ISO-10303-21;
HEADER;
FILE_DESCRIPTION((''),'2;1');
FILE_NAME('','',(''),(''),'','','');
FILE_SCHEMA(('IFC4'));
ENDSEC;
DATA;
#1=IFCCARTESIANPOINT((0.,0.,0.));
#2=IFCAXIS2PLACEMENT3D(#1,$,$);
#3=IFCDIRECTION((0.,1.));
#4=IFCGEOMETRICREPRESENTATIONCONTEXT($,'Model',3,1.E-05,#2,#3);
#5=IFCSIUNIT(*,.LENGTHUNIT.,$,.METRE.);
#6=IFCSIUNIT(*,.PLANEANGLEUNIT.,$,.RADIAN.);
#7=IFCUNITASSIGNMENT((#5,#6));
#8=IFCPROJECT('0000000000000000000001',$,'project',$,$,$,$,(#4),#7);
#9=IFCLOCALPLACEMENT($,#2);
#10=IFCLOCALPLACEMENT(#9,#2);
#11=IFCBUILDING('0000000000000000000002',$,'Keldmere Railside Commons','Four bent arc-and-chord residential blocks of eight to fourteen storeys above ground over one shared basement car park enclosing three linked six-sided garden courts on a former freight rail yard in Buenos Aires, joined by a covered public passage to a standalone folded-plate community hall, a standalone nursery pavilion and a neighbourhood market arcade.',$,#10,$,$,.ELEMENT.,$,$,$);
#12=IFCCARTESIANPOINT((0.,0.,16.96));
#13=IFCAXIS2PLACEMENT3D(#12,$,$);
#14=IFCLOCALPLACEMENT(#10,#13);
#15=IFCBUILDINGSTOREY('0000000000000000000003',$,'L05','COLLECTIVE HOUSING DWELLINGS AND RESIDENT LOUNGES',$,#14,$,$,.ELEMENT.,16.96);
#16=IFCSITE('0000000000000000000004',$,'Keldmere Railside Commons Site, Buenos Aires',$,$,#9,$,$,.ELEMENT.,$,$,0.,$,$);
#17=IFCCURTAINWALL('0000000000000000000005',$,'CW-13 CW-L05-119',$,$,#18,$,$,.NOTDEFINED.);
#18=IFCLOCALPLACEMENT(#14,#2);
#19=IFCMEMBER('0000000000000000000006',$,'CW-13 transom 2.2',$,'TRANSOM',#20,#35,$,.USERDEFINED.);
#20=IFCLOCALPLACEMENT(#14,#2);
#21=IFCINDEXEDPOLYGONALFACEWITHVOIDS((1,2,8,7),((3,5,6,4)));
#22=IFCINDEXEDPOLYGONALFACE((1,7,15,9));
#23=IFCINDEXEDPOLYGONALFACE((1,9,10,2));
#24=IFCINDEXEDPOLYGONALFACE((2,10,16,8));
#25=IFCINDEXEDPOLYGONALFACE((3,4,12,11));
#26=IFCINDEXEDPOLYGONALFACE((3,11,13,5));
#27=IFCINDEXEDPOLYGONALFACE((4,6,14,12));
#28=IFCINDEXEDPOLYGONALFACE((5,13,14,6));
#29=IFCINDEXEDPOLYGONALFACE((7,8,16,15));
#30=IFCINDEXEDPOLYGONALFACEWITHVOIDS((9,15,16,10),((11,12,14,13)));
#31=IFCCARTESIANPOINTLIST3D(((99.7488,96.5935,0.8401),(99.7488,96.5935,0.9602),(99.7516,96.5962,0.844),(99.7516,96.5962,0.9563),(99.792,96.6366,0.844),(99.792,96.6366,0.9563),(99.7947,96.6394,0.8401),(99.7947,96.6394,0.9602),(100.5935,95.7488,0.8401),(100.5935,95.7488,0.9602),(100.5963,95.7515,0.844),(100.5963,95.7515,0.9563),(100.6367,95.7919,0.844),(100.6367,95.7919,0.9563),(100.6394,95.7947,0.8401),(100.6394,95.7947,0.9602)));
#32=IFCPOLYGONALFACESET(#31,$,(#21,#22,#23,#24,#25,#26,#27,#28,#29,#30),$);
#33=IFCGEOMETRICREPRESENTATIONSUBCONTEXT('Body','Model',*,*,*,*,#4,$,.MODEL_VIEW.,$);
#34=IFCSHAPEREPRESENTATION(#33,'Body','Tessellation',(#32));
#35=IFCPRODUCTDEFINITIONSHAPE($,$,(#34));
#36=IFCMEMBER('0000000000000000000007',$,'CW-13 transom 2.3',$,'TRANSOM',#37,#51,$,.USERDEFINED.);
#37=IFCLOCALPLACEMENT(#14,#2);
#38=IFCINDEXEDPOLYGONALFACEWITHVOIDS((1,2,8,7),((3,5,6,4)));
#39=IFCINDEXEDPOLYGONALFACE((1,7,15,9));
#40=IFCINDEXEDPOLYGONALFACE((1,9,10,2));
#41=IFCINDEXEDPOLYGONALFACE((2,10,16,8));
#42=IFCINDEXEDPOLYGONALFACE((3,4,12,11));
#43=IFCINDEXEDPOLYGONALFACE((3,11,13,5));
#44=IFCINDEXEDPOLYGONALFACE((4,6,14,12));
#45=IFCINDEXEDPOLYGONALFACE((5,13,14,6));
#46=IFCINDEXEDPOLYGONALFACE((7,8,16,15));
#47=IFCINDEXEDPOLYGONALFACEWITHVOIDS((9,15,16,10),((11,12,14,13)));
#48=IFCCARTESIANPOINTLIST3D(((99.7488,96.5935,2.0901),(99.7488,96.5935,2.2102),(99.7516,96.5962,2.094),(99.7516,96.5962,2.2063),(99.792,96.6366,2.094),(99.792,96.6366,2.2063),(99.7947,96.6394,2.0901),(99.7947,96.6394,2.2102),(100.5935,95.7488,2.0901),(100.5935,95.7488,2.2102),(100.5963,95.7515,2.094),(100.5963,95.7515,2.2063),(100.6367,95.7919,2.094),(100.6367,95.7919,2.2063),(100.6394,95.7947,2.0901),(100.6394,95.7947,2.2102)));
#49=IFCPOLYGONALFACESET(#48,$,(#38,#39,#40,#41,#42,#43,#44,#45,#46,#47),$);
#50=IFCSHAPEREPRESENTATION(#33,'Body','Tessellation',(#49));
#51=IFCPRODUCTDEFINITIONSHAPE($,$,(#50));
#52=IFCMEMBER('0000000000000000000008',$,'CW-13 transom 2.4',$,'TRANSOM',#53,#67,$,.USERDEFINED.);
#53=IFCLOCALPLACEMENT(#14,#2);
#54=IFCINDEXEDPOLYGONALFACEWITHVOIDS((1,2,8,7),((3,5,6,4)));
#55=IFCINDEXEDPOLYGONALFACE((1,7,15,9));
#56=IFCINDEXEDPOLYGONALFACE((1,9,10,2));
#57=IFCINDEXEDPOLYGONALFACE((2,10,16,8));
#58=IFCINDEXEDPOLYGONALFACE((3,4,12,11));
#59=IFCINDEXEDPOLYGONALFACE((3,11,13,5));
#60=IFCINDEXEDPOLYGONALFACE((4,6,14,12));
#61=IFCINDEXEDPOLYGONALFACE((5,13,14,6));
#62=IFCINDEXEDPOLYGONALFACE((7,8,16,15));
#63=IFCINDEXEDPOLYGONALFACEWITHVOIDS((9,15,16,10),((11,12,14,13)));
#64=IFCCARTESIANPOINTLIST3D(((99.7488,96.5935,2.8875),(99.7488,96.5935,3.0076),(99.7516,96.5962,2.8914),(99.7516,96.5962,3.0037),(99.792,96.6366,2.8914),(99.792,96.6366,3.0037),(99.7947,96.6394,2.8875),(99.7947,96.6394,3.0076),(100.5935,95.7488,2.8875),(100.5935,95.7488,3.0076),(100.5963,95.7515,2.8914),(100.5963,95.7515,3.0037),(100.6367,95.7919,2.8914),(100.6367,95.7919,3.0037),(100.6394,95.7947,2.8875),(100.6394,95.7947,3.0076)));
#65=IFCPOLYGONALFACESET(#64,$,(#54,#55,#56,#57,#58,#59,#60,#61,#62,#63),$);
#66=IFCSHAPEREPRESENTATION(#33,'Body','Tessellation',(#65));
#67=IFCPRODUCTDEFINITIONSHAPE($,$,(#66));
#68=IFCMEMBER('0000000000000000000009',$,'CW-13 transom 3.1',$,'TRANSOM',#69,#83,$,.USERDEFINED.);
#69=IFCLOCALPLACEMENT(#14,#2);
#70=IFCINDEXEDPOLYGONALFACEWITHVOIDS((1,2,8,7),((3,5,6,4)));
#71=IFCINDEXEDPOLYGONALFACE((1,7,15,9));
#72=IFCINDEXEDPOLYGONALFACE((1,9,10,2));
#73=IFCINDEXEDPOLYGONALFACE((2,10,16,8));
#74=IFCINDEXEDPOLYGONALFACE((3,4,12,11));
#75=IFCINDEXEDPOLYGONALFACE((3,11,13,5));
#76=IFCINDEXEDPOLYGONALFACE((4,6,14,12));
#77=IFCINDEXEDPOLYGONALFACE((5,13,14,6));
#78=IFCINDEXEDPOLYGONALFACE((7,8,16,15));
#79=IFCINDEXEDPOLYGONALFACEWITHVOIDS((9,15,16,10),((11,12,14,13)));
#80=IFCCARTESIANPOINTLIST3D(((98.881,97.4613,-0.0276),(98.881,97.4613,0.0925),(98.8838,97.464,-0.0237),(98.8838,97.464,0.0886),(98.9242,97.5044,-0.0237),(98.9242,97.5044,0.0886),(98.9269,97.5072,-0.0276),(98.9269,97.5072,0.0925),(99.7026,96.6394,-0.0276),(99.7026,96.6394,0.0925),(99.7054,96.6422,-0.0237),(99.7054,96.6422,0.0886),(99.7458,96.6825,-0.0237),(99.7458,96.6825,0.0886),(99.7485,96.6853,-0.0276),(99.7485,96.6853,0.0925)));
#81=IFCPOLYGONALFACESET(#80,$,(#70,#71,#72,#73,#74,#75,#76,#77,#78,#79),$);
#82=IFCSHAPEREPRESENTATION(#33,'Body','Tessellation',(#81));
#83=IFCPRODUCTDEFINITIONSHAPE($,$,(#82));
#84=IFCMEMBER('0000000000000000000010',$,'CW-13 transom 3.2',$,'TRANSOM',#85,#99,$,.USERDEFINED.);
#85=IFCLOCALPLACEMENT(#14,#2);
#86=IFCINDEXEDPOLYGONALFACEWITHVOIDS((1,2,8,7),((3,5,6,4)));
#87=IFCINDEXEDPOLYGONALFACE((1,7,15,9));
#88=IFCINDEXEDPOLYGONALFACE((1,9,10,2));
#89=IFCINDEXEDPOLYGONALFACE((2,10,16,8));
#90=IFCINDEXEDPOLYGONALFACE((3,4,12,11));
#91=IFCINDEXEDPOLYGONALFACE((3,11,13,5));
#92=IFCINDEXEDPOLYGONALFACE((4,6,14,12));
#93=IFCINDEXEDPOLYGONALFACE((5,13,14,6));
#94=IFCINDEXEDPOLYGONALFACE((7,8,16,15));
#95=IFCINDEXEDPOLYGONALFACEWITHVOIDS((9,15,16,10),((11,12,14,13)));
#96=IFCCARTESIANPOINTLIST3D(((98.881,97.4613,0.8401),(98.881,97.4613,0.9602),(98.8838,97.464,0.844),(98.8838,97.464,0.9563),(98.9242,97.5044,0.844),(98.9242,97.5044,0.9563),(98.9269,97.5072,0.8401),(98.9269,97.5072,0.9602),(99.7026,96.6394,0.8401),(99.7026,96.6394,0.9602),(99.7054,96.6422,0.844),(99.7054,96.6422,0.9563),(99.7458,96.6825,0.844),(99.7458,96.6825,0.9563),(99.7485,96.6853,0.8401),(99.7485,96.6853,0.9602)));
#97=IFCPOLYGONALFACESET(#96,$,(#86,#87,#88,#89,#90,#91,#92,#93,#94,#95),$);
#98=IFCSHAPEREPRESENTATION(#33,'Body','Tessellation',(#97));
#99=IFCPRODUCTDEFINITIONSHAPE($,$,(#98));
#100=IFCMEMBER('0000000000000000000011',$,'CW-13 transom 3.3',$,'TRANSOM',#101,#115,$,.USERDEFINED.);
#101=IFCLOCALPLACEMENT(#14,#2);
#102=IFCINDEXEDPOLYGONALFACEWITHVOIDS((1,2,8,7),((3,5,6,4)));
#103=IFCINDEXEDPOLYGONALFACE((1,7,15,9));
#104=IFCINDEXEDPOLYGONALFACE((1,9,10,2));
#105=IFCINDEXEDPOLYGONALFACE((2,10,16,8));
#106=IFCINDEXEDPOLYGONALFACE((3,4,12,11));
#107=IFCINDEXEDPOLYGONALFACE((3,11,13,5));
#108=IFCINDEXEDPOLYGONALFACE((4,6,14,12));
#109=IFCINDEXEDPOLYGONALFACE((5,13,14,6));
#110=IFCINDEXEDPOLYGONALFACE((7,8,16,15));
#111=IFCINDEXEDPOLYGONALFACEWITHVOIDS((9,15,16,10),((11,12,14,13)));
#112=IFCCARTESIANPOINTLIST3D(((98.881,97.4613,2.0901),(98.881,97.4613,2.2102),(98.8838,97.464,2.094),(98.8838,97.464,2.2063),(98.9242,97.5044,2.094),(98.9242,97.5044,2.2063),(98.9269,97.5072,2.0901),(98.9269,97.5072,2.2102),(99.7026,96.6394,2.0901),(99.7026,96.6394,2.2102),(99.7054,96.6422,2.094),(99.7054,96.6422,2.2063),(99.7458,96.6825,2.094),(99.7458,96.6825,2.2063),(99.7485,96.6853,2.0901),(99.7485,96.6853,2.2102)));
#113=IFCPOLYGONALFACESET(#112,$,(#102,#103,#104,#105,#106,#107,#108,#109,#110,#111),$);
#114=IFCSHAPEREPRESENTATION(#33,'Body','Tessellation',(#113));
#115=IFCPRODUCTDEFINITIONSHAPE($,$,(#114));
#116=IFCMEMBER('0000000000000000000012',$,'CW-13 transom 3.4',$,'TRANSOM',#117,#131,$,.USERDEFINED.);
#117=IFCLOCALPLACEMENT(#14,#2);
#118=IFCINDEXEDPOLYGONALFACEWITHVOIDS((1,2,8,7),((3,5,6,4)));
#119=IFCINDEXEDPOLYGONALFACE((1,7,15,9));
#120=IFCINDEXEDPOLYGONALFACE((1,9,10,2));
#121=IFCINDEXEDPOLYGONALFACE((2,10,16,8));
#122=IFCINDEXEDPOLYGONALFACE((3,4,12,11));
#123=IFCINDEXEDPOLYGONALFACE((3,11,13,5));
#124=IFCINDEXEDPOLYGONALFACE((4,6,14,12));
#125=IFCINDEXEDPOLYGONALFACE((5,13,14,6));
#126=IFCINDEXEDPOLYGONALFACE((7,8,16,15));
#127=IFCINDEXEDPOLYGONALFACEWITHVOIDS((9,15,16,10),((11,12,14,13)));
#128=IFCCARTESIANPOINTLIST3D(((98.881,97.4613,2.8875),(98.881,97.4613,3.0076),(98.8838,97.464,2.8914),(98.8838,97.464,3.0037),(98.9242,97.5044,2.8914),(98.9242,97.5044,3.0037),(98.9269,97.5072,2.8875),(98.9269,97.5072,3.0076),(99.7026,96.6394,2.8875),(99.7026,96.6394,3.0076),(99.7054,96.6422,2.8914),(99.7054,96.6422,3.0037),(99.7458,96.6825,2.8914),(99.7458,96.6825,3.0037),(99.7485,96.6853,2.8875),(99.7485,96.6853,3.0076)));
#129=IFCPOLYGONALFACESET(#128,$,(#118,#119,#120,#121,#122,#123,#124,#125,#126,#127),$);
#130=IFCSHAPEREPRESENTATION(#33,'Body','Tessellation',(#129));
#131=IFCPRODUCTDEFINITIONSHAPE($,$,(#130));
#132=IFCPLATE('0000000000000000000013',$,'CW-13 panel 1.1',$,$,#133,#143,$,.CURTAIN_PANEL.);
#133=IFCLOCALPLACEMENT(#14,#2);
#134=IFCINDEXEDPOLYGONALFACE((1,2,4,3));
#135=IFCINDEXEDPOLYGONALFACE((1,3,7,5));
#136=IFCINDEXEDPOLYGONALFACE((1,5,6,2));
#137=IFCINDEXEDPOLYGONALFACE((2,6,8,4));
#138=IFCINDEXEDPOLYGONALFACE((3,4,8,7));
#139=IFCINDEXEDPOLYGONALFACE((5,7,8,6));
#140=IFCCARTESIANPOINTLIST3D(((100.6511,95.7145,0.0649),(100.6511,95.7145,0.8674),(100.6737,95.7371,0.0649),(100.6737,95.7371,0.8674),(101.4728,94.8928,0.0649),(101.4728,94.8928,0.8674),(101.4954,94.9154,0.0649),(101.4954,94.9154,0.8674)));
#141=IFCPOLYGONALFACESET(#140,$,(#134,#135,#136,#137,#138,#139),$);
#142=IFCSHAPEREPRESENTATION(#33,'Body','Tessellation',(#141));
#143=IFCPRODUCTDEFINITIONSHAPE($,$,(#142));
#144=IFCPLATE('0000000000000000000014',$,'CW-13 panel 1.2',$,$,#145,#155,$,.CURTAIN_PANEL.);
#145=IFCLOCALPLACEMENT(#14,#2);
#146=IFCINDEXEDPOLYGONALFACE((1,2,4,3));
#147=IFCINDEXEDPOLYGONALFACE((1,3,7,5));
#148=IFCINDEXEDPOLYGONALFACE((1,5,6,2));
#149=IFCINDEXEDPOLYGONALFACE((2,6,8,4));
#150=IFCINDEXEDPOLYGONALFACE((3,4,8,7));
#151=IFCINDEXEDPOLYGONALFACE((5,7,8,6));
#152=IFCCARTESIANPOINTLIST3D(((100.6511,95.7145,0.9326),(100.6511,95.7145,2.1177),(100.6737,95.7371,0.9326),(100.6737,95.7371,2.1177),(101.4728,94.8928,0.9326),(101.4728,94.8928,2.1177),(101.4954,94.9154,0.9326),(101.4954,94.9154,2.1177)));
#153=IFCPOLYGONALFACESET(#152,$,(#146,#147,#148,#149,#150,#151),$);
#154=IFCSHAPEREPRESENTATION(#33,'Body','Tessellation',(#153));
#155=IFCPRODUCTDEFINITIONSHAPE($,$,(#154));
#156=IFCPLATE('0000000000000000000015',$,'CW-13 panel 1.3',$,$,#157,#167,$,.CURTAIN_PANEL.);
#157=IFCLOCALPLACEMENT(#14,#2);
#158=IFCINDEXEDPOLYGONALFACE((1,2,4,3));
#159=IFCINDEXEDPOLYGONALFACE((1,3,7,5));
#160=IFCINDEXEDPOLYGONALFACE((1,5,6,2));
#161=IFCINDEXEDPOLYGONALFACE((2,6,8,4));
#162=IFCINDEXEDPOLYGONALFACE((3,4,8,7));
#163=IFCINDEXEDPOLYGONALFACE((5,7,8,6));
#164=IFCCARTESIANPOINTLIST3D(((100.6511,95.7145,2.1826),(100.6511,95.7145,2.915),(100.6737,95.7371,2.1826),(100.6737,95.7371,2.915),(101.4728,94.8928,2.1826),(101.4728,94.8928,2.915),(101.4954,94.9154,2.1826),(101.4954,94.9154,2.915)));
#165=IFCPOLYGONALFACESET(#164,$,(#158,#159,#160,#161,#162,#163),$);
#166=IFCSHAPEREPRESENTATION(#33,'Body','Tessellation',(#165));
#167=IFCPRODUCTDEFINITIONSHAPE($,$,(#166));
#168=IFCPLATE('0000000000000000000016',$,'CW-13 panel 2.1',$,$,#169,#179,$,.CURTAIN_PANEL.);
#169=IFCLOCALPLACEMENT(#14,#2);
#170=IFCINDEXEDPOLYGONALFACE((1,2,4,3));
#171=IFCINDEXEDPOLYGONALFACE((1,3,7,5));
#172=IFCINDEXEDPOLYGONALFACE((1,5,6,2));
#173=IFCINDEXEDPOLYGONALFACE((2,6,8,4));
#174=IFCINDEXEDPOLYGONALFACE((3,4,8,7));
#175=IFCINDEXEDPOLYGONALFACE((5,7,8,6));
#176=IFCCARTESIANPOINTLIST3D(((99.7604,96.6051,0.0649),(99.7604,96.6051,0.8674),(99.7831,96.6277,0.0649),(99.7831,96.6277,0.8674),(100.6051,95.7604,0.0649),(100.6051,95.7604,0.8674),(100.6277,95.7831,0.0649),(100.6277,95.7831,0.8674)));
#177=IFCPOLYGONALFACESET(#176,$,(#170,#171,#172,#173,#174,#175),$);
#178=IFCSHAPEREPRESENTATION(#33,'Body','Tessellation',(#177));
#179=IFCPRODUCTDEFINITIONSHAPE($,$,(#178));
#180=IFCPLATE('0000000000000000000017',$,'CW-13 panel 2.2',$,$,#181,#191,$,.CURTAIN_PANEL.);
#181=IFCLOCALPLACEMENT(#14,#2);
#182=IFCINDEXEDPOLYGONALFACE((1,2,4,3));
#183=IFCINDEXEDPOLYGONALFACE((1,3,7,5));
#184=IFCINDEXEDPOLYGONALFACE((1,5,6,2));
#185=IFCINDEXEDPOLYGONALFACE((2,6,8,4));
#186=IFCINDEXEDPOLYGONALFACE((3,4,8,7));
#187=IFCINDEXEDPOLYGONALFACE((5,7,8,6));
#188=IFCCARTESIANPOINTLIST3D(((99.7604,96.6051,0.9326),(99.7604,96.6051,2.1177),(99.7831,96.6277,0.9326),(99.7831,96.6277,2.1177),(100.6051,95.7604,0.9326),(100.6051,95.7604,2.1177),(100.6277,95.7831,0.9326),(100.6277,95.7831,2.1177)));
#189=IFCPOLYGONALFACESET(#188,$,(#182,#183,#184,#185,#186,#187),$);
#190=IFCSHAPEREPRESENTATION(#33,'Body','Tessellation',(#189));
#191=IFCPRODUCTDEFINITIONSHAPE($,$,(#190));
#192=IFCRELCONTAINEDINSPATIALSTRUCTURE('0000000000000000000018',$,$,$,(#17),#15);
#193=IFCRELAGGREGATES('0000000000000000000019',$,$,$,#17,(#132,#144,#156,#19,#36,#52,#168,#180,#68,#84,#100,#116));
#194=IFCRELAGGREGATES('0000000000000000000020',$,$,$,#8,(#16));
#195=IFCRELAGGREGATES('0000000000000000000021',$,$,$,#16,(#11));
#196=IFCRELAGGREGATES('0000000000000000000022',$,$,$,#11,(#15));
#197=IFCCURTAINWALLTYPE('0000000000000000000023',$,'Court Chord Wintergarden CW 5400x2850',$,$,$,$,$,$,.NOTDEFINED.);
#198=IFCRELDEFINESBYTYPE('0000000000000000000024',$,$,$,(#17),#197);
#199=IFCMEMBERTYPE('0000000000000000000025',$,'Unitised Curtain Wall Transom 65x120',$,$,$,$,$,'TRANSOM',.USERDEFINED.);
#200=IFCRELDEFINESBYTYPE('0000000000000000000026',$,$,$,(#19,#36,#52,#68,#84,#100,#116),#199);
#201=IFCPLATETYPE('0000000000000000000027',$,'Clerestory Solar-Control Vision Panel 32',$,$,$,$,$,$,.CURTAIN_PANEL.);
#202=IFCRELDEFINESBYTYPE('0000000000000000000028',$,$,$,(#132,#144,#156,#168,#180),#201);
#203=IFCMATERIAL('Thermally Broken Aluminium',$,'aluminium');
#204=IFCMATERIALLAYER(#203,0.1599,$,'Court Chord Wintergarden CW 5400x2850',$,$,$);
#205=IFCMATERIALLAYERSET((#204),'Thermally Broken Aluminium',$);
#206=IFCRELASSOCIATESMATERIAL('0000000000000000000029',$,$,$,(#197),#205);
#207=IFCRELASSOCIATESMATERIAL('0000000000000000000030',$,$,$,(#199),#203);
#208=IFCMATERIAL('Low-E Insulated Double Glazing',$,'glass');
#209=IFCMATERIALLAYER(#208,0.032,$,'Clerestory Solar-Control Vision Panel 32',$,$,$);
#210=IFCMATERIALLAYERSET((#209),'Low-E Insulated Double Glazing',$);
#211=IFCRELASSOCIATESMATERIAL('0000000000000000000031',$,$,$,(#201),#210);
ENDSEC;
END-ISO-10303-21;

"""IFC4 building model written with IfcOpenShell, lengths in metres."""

from ifc_helpers import new_model, si_unit, direction, frame, origin, origin_2d, place, context, subcontext, project, spatial, rectangle, hollow_rectangle, extrude, material, layer, layer_set, material_profile, profile_set, type_object, element, aggregate, save


model = new_model("IFC4")

# Units and contexts
model_context = context("Model", 3, precision=1e-05, world=origin(), true_north=direction((0.0, 1.0)))
body_context = subcontext(model_context, "Body", "Model", "MODEL_VIEW")
ifc_project = project(units=[si_unit("LENGTHUNIT", "METRE"), si_unit("PLANEANGLEUNIT", "RADIAN")], contexts=[model_context])

# Site, building, storey
site_placement = place(None, origin())
site = spatial("IfcSite", under=ifc_project, at=site_placement, Name="Keldmere Railside Commons Site, Buenos Aires", CompositionType="ELEMENT", RefElevation=0.0)
building_placement = place(site_placement, origin())
building = spatial("IfcBuilding", under=site, at=building_placement, Name="Keldmere Railside Commons", Description="Four bent arc-and-chord residential blocks of eight to fourteen storeys above ground over one shared basement car park enclosing three linked six-sided garden courts on a former freight rail yard in Buenos Aires, joined by a covered public passage to a standalone folded-plate community hall, a standalone nursery pavilion and a neighbourhood market arcade.", CompositionType="ELEMENT")
storey_placement = place(building_placement, frame((0.0, 0.0, 16.96)))
storey = spatial("IfcBuildingStorey", under=building, at=storey_placement, Name="L05", Description="COLLECTIVE HOUSING DWELLINGS AND RESIDENT LOUNGES", CompositionType="ELEMENT", Elevation=16.96)

# Curtain wall, members, plates
ifc_material_1 = material(Name="Thermally Broken Aluminium", Category="aluminium")
ifc_layer_1 = layer(ifc_material_1, 0.1599, Name="Court Chord Wintergarden CW 5400x2850")
ifc_layer_set_1 = layer_set([ifc_layer_1], Name="Thermally Broken Aluminium")
curtain_wall_type = type_object("IfcCurtainWallType", Name="Court Chord Wintergarden CW 5400x2850", PredefinedType="NOTDEFINED", material=ifc_layer_set_1)
curtain_wall_placement = place(storey_placement, origin())
curtain_wall = element("IfcCurtainWall", 1, at=curtain_wall_placement, inside=storey, type_object=curtain_wall_type, Name="CW-13 CW-L05-119", PredefinedType="NOTDEFINED")
ifc_material_profile_1 = material_profile(ifc_material_1, hollow_rectangle(XDim=0.0649, YDim=0.1201, WallThickness=0.0039, at=origin_2d()), Name="ALU-TRAN-65x120")
ifc_profile_set_1 = profile_set([ifc_material_profile_1], Name="Thermally Broken Aluminium")
member_type_1 = type_object("IfcMemberType", Name="Unitised Curtain Wall Transom 65x120", ElementType="TRANSOM", PredefinedType="USERDEFINED", material=ifc_profile_set_1)
member_1_placement = place(storey_placement, frame((100.6165, 95.7717, 0.9001), z_axis=(-0.707107, 0.707107, 0.0), x_axis=(-0.707107, -0.707107, 0.0)))
member_1 = element("IfcMember", 2, at=member_1_placement, type_object=member_type_1, Name="CW-13 transom 2.2", ObjectType="TRANSOM", PredefinedType="USERDEFINED", context=body_context, shape_type="SweptSolid", body=[
    extrude(hollow_rectangle(XDim=0.0649, YDim=0.1201, WallThickness=0.0039, at=origin_2d()), origin(), (0.0, 0.0, 1.0), 1.1946),
])
member_2_placement = place(storey_placement, frame((100.6165, 95.7717, 2.1501), z_axis=(-0.707107, 0.707107, 0.0), x_axis=(-0.707107, -0.707107, 0.0)))
member_2 = element("IfcMember", 3, at=member_2_placement, type_object=member_type_1, Name="CW-13 transom 2.3", ObjectType="TRANSOM", PredefinedType="USERDEFINED", context=body_context, shape_type="SweptSolid", body=[
    extrude(hollow_rectangle(XDim=0.0649, YDim=0.1201, WallThickness=0.0039, at=origin_2d()), origin(), (0.0, 0.0, 1.0), 1.1946),
])
member_3_placement = place(storey_placement, frame((100.6165, 95.7717, 2.9475), z_axis=(-0.707107, 0.707107, 0.0), x_axis=(-0.707107, -0.707107, 0.0)))
member_3 = element("IfcMember", 4, at=member_3_placement, type_object=member_type_1, Name="CW-13 transom 2.4", ObjectType="TRANSOM", PredefinedType="USERDEFINED", context=body_context, shape_type="SweptSolid", body=[
    extrude(hollow_rectangle(XDim=0.0649, YDim=0.1201, WallThickness=0.0039, at=origin_2d()), origin(), (0.0, 0.0, 1.0), 1.1946),
])
member_4_placement = place(storey_placement, frame((99.7256, 96.6624, 0.0325), z_axis=(-0.707002, 0.707212, 0.0), x_axis=(-0.707212, -0.707002, 0.0)))
member_4 = element("IfcMember", 5, at=member_4_placement, type_object=member_type_1, Name="CW-13 transom 3.1", ObjectType="TRANSOM", PredefinedType="USERDEFINED", context=body_context, shape_type="SweptSolid", body=[
    extrude(hollow_rectangle(XDim=0.0649, YDim=0.1201, WallThickness=0.0039, at=origin_2d()), origin(), (0.0, 0.0, 1.0), 1.1621),
])
member_5_placement = place(storey_placement, frame((99.7256, 96.6624, 0.9001), z_axis=(-0.707002, 0.707212, 0.0), x_axis=(-0.707212, -0.707002, 0.0)))
member_5 = element("IfcMember", 6, at=member_5_placement, type_object=member_type_1, Name="CW-13 transom 3.2", ObjectType="TRANSOM", PredefinedType="USERDEFINED", context=body_context, shape_type="SweptSolid", body=[
    extrude(hollow_rectangle(XDim=0.0649, YDim=0.1201, WallThickness=0.0039, at=origin_2d()), origin(), (0.0, 0.0, 1.0), 1.1621),
])
member_6_placement = place(storey_placement, frame((99.7256, 96.6624, 2.1501), z_axis=(-0.707002, 0.707212, 0.0), x_axis=(-0.707212, -0.707002, 0.0)))
member_6 = element("IfcMember", 7, at=member_6_placement, type_object=member_type_1, Name="CW-13 transom 3.3", ObjectType="TRANSOM", PredefinedType="USERDEFINED", context=body_context, shape_type="SweptSolid", body=[
    extrude(hollow_rectangle(XDim=0.0649, YDim=0.1201, WallThickness=0.0039, at=origin_2d()), origin(), (0.0, 0.0, 1.0), 1.1621),
])
member_7_placement = place(storey_placement, frame((99.7256, 96.6624, 2.9475), z_axis=(-0.707002, 0.707212, 0.0), x_axis=(-0.707212, -0.707002, 0.0)))
member_7 = element("IfcMember", 8, at=member_7_placement, type_object=member_type_1, Name="CW-13 transom 3.4", ObjectType="TRANSOM", PredefinedType="USERDEFINED", context=body_context, shape_type="SweptSolid", body=[
    extrude(hollow_rectangle(XDim=0.0649, YDim=0.1201, WallThickness=0.0039, at=origin_2d()), origin(), (0.0, 0.0, 1.0), 1.1621),
])
ifc_material_2 = material(Name="Low-E Insulated Double Glazing", Category="glass")
ifc_layer_2 = layer(ifc_material_2, 0.032, Name="Clerestory Solar-Control Vision Panel 32")
ifc_layer_set_2 = layer_set([ifc_layer_2], Name="Low-E Insulated Double Glazing")
plate_type = type_object("IfcPlateType", Name="Clerestory Solar-Control Vision Panel 32", PredefinedType="CURTAIN_PANEL", material=ifc_layer_set_2)
plate_1_placement = place(storey_placement, frame((101.0732, 95.3149, 0.0649), z_axis=(0.0, 0.0, 1.0), x_axis=(-0.707107, 0.707107, 0.0)))
plate_1 = element("IfcPlate", 9, at=plate_1_placement, type_object=plate_type, Name="CW-13 panel 1.1", PredefinedType="CURTAIN_PANEL", context=body_context, shape_type="SweptSolid", body=[
    extrude(rectangle(XDim=1.1621, YDim=0.032, at=origin_2d()), origin(), (0.0, 0.0, 1.0), 0.8025),
])
plate_2_placement = place(storey_placement, frame((101.0732, 95.3149, 0.9326), z_axis=(0.0, 0.0, 1.0), x_axis=(-0.707107, 0.707107, 0.0)))
plate_2 = element("IfcPlate", 10, at=plate_2_placement, type_object=plate_type, Name="CW-13 panel 1.2", PredefinedType="CURTAIN_PANEL", context=body_context, shape_type="SweptSolid", body=[
    extrude(rectangle(XDim=1.1621, YDim=0.032, at=origin_2d()), origin(), (0.0, 0.0, 1.0), 1.1851),
])
plate_3_placement = place(storey_placement, frame((101.0732, 95.3149, 2.1826), z_axis=(0.0, 0.0, 1.0), x_axis=(-0.707107, 0.707107, 0.0)))
plate_3 = element("IfcPlate", 11, at=plate_3_placement, type_object=plate_type, Name="CW-13 panel 1.3", PredefinedType="CURTAIN_PANEL", context=body_context, shape_type="SweptSolid", body=[
    extrude(rectangle(XDim=1.1621, YDim=0.032, at=origin_2d()), origin(), (0.0, 0.0, 1.0), 0.7324),
])
plate_4_placement = place(storey_placement, frame((100.1941, 96.1941, 0.0649), z_axis=(0.0, 0.0, 1.0), x_axis=(-0.707107, 0.707107, 0.0)))
plate_4 = element("IfcPlate", 12, at=plate_4_placement, type_object=plate_type, Name="CW-13 panel 2.1", PredefinedType="CURTAIN_PANEL", context=body_context, shape_type="SweptSolid", body=[
    extrude(rectangle(XDim=1.1946, YDim=0.032, at=origin_2d()), origin(), (0.0, 0.0, 1.0), 0.8025),
])
plate_5_placement = place(storey_placement, frame((100.1941, 96.1941, 0.9326), z_axis=(0.0, 0.0, 1.0), x_axis=(-0.707107, 0.707107, 0.0)))
plate_5 = element("IfcPlate", 13, at=plate_5_placement, type_object=plate_type, Name="CW-13 panel 2.2", PredefinedType="CURTAIN_PANEL", context=body_context, shape_type="SweptSolid", body=[
    extrude(rectangle(XDim=1.1946, YDim=0.032, at=origin_2d()), origin(), (0.0, 0.0, 1.0), 1.1851),
])
aggregate(curtain_wall, [plate_1, plate_2, plate_3, member_1, member_2, member_3, plate_4, plate_5, member_4, member_5, member_6, member_7])

save(model, "model.ifc")
